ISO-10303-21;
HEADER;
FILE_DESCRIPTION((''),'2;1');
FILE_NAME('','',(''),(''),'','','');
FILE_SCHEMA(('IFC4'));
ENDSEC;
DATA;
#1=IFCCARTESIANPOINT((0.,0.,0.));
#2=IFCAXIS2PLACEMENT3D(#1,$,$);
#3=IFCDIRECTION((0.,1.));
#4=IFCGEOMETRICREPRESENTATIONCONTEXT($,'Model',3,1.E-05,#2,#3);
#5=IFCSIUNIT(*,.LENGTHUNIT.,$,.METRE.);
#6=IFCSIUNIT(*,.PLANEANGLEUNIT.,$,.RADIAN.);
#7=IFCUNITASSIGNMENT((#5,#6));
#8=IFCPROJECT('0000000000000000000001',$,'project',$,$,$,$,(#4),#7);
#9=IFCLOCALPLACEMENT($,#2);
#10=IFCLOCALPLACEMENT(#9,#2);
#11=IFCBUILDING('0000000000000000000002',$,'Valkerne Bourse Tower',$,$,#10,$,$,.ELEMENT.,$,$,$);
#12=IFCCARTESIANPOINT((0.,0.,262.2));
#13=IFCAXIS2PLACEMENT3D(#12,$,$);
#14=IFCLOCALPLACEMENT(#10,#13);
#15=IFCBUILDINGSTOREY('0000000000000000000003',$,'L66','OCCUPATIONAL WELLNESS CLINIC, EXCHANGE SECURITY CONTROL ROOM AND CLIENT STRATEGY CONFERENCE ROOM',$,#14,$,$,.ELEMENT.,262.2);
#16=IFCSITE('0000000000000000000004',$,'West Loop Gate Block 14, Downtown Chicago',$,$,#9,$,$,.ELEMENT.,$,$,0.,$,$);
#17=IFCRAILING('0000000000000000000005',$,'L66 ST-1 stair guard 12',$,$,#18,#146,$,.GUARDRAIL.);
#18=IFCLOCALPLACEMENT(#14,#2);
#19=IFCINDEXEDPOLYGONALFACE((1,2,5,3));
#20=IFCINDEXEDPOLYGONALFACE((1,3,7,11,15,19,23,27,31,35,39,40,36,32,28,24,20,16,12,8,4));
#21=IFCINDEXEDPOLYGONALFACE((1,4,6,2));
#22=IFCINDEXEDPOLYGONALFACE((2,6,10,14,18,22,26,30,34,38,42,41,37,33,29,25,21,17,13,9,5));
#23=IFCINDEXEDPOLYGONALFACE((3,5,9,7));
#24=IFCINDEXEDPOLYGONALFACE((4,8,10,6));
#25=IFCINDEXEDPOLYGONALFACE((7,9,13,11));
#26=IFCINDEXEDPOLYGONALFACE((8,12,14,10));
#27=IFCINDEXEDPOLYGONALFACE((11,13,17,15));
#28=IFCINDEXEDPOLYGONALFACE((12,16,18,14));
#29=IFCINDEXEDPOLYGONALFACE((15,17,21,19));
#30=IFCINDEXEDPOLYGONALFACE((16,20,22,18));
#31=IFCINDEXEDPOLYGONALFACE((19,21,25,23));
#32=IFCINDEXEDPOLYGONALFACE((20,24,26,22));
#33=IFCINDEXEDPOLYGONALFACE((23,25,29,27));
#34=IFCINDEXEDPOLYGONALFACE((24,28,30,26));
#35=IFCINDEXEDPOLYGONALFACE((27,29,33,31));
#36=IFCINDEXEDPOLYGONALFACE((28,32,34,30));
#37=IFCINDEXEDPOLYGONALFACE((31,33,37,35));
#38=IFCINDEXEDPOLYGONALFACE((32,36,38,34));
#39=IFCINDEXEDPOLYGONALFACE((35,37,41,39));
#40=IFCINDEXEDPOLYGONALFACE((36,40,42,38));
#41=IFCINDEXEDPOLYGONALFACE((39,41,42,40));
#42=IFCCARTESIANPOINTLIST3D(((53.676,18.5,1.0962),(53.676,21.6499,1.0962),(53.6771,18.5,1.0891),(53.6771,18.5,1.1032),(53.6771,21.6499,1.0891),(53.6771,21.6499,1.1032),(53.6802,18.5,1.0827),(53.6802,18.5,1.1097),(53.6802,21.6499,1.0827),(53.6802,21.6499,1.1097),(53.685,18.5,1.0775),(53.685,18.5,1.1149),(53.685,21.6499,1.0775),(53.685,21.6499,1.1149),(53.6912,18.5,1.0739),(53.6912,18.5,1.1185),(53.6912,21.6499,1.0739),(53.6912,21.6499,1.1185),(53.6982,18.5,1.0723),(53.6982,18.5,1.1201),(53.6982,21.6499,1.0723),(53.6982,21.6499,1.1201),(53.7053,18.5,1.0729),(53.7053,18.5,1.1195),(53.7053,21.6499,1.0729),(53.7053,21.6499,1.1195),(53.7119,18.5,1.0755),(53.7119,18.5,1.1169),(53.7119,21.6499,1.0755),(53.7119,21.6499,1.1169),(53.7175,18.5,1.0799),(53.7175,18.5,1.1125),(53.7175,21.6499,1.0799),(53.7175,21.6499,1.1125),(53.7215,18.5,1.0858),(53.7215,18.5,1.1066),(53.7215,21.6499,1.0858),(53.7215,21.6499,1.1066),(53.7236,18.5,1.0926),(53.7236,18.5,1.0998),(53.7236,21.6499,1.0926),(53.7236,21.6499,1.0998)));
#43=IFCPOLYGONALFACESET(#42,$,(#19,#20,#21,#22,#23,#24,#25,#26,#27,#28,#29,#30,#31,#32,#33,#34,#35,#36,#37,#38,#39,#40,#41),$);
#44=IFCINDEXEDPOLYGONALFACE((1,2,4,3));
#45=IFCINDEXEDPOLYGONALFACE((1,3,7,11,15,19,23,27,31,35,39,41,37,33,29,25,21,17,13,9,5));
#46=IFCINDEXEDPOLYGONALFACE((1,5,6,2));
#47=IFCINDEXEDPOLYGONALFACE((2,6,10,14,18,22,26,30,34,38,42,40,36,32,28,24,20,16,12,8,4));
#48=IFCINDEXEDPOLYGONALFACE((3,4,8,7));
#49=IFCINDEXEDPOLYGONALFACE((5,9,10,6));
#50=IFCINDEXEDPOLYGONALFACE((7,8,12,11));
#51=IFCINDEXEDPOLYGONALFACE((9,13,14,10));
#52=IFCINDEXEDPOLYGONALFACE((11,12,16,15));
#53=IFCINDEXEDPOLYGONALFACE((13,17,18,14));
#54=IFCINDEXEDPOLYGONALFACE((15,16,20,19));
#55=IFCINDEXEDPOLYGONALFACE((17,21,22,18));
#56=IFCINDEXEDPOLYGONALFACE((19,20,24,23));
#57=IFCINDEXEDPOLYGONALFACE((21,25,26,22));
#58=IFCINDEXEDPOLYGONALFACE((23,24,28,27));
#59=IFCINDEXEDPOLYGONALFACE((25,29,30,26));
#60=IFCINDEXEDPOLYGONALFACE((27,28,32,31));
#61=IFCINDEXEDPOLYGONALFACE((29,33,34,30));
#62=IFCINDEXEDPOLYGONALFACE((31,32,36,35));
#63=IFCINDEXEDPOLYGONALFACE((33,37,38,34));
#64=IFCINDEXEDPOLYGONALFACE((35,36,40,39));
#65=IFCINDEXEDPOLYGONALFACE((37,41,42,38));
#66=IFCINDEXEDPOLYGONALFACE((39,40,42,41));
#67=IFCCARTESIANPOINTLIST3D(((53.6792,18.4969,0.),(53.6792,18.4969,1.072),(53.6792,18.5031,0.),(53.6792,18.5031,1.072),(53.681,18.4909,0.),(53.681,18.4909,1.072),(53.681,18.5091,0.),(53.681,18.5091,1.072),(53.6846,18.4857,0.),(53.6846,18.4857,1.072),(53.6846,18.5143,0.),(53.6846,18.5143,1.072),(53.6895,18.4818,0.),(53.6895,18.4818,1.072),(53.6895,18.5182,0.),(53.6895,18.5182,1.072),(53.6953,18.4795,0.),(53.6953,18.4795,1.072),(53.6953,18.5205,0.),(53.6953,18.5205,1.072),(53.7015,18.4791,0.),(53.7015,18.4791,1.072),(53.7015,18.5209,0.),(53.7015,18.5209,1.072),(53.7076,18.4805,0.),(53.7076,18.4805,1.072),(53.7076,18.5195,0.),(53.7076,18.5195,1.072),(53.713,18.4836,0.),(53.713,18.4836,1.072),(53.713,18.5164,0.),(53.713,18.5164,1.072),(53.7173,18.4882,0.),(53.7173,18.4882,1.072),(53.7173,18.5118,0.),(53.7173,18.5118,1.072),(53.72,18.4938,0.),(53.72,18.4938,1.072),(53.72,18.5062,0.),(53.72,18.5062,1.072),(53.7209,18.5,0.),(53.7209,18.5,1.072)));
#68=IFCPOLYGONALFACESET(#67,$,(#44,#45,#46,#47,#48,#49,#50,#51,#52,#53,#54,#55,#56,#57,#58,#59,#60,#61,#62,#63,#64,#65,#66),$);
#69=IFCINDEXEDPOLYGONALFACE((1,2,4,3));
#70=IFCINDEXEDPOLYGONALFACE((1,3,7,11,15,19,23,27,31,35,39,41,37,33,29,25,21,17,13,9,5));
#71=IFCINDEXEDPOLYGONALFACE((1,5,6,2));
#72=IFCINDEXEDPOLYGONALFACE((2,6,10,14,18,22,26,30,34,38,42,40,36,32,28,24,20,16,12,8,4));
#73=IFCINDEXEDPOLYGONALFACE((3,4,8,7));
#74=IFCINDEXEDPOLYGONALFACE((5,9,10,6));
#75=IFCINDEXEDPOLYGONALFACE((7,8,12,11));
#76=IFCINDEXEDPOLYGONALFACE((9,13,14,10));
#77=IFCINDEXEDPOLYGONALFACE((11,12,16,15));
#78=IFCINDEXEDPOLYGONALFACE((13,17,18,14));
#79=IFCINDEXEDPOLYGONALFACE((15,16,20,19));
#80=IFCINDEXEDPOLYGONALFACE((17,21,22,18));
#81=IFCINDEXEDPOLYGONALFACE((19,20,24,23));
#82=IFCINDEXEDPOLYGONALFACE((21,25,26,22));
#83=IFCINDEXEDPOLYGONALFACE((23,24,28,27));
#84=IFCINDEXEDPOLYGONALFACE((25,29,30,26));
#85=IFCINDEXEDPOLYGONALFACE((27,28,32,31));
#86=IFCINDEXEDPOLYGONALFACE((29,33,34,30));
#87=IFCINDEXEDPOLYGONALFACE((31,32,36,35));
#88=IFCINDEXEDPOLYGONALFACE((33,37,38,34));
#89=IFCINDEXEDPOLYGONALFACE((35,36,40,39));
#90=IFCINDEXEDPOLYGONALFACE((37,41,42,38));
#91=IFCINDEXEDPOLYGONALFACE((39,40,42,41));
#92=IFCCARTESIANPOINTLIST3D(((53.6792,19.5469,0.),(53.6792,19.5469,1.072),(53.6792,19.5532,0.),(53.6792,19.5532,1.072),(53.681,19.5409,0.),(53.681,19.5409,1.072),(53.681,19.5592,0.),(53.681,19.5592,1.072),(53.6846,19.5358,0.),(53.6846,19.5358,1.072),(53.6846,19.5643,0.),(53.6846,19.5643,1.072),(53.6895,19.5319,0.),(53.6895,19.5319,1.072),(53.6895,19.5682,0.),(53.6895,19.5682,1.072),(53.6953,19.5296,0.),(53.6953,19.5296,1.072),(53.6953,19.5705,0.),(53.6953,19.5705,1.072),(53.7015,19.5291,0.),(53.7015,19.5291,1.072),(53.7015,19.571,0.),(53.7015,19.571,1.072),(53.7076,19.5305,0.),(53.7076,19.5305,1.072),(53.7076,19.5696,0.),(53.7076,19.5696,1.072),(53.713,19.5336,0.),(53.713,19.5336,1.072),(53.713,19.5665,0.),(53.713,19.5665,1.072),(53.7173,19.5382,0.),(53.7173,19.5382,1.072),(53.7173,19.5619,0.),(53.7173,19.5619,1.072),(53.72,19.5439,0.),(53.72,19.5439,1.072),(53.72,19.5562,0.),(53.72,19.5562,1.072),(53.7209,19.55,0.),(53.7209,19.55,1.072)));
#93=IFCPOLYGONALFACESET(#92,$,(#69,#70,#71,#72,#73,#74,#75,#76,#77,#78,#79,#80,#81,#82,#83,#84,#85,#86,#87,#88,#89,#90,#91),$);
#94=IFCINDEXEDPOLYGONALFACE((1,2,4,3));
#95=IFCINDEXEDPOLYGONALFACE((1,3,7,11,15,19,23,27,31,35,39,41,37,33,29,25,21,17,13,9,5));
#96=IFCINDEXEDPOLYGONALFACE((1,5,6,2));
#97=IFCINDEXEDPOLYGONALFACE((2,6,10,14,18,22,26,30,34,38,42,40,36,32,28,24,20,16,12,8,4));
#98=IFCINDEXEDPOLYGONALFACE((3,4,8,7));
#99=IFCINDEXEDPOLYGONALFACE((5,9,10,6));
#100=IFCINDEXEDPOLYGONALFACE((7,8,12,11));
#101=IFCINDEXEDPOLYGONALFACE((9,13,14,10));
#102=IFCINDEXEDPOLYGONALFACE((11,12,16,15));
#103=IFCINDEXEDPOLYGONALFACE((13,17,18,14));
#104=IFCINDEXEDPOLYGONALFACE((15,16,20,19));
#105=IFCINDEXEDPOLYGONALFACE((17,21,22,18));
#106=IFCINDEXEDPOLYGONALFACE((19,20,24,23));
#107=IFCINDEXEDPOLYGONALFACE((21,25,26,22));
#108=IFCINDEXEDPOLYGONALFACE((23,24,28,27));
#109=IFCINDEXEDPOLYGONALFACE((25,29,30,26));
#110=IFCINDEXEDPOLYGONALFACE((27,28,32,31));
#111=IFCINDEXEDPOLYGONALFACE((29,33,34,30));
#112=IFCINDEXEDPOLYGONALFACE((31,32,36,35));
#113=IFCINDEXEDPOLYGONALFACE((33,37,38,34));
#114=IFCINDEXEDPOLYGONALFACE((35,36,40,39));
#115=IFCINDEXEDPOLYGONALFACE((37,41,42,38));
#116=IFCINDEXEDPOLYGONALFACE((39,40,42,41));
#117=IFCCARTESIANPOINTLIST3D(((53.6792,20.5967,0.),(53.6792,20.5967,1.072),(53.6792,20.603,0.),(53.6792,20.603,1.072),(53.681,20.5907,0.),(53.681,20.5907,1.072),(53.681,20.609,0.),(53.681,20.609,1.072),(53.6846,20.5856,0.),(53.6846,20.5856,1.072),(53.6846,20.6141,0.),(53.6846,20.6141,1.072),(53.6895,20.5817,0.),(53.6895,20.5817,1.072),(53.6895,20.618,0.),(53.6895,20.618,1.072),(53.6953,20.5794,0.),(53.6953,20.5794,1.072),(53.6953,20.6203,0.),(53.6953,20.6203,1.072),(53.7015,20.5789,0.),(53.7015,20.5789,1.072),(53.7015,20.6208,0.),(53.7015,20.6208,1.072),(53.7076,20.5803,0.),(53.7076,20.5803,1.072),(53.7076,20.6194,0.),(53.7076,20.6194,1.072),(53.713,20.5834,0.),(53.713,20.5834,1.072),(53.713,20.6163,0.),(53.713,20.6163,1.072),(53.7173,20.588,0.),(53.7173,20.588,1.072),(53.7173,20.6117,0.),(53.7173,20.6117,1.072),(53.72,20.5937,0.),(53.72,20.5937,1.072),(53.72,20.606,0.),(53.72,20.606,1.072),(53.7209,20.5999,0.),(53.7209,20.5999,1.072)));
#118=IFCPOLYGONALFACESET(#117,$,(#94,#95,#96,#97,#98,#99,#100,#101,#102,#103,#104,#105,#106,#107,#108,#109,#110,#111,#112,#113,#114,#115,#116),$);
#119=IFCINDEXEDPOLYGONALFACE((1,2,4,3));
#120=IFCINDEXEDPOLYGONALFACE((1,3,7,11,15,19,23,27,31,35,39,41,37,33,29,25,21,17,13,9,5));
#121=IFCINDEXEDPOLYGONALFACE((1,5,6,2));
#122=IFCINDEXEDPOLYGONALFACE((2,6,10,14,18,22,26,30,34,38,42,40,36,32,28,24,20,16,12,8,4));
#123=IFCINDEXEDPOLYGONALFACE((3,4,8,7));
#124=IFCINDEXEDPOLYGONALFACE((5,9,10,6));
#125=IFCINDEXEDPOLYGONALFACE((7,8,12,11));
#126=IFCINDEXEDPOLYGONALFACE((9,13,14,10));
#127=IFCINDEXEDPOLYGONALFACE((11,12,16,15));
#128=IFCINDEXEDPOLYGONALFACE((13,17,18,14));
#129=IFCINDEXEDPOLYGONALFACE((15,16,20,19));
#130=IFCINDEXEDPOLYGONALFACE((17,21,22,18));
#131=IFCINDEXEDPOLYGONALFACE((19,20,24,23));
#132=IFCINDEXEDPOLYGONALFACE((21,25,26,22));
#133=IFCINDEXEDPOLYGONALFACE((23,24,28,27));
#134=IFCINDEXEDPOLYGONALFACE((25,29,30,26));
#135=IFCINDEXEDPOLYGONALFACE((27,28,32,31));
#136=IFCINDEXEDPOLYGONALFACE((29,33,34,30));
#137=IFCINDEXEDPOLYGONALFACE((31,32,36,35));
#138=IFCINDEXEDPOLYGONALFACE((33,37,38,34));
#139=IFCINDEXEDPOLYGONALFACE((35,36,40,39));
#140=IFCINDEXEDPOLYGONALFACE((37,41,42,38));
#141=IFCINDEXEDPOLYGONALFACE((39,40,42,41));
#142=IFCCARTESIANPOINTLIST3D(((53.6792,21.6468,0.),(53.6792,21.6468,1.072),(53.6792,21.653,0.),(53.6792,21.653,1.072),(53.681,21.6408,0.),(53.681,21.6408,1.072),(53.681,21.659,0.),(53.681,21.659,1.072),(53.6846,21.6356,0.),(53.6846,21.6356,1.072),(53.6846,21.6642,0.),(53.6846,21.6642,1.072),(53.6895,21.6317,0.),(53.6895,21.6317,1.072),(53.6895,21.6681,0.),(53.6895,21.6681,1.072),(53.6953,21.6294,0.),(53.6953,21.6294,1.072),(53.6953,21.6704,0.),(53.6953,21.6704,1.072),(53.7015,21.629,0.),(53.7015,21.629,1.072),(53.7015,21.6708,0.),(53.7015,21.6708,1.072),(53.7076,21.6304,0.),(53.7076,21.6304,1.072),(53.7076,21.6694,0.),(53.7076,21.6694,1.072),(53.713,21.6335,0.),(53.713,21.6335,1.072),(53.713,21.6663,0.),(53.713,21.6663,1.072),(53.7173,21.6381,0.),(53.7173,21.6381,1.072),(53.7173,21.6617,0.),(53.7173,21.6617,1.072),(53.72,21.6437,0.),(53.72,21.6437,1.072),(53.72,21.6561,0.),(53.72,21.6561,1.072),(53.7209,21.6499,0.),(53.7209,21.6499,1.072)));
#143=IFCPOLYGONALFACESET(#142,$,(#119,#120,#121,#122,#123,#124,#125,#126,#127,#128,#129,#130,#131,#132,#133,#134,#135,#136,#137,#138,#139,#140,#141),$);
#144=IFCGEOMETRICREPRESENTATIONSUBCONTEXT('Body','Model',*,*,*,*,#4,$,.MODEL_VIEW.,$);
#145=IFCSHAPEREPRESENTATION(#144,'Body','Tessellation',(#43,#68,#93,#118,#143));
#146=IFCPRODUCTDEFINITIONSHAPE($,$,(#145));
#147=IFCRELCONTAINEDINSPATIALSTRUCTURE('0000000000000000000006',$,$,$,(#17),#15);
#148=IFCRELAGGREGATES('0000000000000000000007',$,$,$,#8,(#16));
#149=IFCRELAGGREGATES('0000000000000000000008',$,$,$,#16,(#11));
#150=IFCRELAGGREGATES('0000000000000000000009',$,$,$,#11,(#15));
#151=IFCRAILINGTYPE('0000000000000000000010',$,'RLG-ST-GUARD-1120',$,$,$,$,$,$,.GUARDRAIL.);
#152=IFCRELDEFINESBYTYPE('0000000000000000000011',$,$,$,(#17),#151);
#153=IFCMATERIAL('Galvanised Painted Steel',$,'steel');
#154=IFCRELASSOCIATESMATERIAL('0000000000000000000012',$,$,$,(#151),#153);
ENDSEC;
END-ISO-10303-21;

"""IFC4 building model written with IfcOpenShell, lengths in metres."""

from ifc_helpers import new_model, si_unit, direction, frame, origin, origin_2d, place, context, subcontext, project, spatial, circle, extrude, material, type_object, element, save


model = new_model("IFC4")

# Units and contexts
model_context = context("Model", 3, precision=1e-05, world=origin(), true_north=direction((0.0, 1.0)))
body_context = subcontext(model_context, "Body", "Model", "MODEL_VIEW")
ifc_project = project(units=[si_unit("LENGTHUNIT", "METRE"), si_unit("PLANEANGLEUNIT", "RADIAN")], contexts=[model_context])

# Site, building, storey
site_placement = place(None, origin())
site = spatial("IfcSite", under=ifc_project, at=site_placement, Name="West Loop Gate Block 14, Downtown Chicago", CompositionType="ELEMENT", RefElevation=0.0)
building_placement = place(site_placement, origin())
building = spatial("IfcBuilding", under=site, at=building_placement, Name="Valkerne Bourse Tower", CompositionType="ELEMENT")
storey_placement = place(building_placement, frame((0.0, 0.0, 262.2)))
storey = spatial("IfcBuildingStorey", under=building, at=storey_placement, Name="L66", Description="OCCUPATIONAL WELLNESS CLINIC, EXCHANGE SECURITY CONTROL ROOM AND CLIENT STRATEGY CONFERENCE ROOM", CompositionType="ELEMENT", Elevation=262.2)

# Railing
ifc_material_1 = material(Name="Galvanised Painted Steel", Category="steel")
railing_type = type_object("IfcRailingType", Name="RLG-ST-GUARD-1120", PredefinedType="GUARDRAIL", material=ifc_material_1)
railing_1_placement = place(storey_placement, frame((53.7, 18.5, 0.0)))
element("IfcRailing", 1, at=railing_1_placement, inside=storey, type_object=railing_type, Name="L66 ST-1 stair guard 12", PredefinedType="GUARDRAIL", context=body_context, shape_type="SweptSolid", body=[
    extrude(circle(Radius=0.0239, at=origin_2d()), frame((0.0, 0.0, 1.0962), z_axis=(0.0, 1.0, 0.0), x_axis=(-1.0, 0.0, 0.0)), (0.0, 0.0, 1.0), 3.1499),
    extrude(circle(Radius=0.021, at=origin_2d()), origin(), (0.0, 0.0, 1.0), 1.072),
    extrude(circle(Radius=0.021, at=origin_2d()), frame((0.0, 1.05, 0.0)), (0.0, 0.0, 1.0), 1.072),
    extrude(circle(Radius=0.021, at=origin_2d()), frame((0.0, 2.0999, 0.0)), (0.0, 0.0, 1.0), 1.072),
    extrude(circle(Radius=0.021, at=origin_2d()), frame((0.0, 3.1499, 0.0)), (0.0, 0.0, 1.0), 1.072),
])

save(model, "model.ifc")
